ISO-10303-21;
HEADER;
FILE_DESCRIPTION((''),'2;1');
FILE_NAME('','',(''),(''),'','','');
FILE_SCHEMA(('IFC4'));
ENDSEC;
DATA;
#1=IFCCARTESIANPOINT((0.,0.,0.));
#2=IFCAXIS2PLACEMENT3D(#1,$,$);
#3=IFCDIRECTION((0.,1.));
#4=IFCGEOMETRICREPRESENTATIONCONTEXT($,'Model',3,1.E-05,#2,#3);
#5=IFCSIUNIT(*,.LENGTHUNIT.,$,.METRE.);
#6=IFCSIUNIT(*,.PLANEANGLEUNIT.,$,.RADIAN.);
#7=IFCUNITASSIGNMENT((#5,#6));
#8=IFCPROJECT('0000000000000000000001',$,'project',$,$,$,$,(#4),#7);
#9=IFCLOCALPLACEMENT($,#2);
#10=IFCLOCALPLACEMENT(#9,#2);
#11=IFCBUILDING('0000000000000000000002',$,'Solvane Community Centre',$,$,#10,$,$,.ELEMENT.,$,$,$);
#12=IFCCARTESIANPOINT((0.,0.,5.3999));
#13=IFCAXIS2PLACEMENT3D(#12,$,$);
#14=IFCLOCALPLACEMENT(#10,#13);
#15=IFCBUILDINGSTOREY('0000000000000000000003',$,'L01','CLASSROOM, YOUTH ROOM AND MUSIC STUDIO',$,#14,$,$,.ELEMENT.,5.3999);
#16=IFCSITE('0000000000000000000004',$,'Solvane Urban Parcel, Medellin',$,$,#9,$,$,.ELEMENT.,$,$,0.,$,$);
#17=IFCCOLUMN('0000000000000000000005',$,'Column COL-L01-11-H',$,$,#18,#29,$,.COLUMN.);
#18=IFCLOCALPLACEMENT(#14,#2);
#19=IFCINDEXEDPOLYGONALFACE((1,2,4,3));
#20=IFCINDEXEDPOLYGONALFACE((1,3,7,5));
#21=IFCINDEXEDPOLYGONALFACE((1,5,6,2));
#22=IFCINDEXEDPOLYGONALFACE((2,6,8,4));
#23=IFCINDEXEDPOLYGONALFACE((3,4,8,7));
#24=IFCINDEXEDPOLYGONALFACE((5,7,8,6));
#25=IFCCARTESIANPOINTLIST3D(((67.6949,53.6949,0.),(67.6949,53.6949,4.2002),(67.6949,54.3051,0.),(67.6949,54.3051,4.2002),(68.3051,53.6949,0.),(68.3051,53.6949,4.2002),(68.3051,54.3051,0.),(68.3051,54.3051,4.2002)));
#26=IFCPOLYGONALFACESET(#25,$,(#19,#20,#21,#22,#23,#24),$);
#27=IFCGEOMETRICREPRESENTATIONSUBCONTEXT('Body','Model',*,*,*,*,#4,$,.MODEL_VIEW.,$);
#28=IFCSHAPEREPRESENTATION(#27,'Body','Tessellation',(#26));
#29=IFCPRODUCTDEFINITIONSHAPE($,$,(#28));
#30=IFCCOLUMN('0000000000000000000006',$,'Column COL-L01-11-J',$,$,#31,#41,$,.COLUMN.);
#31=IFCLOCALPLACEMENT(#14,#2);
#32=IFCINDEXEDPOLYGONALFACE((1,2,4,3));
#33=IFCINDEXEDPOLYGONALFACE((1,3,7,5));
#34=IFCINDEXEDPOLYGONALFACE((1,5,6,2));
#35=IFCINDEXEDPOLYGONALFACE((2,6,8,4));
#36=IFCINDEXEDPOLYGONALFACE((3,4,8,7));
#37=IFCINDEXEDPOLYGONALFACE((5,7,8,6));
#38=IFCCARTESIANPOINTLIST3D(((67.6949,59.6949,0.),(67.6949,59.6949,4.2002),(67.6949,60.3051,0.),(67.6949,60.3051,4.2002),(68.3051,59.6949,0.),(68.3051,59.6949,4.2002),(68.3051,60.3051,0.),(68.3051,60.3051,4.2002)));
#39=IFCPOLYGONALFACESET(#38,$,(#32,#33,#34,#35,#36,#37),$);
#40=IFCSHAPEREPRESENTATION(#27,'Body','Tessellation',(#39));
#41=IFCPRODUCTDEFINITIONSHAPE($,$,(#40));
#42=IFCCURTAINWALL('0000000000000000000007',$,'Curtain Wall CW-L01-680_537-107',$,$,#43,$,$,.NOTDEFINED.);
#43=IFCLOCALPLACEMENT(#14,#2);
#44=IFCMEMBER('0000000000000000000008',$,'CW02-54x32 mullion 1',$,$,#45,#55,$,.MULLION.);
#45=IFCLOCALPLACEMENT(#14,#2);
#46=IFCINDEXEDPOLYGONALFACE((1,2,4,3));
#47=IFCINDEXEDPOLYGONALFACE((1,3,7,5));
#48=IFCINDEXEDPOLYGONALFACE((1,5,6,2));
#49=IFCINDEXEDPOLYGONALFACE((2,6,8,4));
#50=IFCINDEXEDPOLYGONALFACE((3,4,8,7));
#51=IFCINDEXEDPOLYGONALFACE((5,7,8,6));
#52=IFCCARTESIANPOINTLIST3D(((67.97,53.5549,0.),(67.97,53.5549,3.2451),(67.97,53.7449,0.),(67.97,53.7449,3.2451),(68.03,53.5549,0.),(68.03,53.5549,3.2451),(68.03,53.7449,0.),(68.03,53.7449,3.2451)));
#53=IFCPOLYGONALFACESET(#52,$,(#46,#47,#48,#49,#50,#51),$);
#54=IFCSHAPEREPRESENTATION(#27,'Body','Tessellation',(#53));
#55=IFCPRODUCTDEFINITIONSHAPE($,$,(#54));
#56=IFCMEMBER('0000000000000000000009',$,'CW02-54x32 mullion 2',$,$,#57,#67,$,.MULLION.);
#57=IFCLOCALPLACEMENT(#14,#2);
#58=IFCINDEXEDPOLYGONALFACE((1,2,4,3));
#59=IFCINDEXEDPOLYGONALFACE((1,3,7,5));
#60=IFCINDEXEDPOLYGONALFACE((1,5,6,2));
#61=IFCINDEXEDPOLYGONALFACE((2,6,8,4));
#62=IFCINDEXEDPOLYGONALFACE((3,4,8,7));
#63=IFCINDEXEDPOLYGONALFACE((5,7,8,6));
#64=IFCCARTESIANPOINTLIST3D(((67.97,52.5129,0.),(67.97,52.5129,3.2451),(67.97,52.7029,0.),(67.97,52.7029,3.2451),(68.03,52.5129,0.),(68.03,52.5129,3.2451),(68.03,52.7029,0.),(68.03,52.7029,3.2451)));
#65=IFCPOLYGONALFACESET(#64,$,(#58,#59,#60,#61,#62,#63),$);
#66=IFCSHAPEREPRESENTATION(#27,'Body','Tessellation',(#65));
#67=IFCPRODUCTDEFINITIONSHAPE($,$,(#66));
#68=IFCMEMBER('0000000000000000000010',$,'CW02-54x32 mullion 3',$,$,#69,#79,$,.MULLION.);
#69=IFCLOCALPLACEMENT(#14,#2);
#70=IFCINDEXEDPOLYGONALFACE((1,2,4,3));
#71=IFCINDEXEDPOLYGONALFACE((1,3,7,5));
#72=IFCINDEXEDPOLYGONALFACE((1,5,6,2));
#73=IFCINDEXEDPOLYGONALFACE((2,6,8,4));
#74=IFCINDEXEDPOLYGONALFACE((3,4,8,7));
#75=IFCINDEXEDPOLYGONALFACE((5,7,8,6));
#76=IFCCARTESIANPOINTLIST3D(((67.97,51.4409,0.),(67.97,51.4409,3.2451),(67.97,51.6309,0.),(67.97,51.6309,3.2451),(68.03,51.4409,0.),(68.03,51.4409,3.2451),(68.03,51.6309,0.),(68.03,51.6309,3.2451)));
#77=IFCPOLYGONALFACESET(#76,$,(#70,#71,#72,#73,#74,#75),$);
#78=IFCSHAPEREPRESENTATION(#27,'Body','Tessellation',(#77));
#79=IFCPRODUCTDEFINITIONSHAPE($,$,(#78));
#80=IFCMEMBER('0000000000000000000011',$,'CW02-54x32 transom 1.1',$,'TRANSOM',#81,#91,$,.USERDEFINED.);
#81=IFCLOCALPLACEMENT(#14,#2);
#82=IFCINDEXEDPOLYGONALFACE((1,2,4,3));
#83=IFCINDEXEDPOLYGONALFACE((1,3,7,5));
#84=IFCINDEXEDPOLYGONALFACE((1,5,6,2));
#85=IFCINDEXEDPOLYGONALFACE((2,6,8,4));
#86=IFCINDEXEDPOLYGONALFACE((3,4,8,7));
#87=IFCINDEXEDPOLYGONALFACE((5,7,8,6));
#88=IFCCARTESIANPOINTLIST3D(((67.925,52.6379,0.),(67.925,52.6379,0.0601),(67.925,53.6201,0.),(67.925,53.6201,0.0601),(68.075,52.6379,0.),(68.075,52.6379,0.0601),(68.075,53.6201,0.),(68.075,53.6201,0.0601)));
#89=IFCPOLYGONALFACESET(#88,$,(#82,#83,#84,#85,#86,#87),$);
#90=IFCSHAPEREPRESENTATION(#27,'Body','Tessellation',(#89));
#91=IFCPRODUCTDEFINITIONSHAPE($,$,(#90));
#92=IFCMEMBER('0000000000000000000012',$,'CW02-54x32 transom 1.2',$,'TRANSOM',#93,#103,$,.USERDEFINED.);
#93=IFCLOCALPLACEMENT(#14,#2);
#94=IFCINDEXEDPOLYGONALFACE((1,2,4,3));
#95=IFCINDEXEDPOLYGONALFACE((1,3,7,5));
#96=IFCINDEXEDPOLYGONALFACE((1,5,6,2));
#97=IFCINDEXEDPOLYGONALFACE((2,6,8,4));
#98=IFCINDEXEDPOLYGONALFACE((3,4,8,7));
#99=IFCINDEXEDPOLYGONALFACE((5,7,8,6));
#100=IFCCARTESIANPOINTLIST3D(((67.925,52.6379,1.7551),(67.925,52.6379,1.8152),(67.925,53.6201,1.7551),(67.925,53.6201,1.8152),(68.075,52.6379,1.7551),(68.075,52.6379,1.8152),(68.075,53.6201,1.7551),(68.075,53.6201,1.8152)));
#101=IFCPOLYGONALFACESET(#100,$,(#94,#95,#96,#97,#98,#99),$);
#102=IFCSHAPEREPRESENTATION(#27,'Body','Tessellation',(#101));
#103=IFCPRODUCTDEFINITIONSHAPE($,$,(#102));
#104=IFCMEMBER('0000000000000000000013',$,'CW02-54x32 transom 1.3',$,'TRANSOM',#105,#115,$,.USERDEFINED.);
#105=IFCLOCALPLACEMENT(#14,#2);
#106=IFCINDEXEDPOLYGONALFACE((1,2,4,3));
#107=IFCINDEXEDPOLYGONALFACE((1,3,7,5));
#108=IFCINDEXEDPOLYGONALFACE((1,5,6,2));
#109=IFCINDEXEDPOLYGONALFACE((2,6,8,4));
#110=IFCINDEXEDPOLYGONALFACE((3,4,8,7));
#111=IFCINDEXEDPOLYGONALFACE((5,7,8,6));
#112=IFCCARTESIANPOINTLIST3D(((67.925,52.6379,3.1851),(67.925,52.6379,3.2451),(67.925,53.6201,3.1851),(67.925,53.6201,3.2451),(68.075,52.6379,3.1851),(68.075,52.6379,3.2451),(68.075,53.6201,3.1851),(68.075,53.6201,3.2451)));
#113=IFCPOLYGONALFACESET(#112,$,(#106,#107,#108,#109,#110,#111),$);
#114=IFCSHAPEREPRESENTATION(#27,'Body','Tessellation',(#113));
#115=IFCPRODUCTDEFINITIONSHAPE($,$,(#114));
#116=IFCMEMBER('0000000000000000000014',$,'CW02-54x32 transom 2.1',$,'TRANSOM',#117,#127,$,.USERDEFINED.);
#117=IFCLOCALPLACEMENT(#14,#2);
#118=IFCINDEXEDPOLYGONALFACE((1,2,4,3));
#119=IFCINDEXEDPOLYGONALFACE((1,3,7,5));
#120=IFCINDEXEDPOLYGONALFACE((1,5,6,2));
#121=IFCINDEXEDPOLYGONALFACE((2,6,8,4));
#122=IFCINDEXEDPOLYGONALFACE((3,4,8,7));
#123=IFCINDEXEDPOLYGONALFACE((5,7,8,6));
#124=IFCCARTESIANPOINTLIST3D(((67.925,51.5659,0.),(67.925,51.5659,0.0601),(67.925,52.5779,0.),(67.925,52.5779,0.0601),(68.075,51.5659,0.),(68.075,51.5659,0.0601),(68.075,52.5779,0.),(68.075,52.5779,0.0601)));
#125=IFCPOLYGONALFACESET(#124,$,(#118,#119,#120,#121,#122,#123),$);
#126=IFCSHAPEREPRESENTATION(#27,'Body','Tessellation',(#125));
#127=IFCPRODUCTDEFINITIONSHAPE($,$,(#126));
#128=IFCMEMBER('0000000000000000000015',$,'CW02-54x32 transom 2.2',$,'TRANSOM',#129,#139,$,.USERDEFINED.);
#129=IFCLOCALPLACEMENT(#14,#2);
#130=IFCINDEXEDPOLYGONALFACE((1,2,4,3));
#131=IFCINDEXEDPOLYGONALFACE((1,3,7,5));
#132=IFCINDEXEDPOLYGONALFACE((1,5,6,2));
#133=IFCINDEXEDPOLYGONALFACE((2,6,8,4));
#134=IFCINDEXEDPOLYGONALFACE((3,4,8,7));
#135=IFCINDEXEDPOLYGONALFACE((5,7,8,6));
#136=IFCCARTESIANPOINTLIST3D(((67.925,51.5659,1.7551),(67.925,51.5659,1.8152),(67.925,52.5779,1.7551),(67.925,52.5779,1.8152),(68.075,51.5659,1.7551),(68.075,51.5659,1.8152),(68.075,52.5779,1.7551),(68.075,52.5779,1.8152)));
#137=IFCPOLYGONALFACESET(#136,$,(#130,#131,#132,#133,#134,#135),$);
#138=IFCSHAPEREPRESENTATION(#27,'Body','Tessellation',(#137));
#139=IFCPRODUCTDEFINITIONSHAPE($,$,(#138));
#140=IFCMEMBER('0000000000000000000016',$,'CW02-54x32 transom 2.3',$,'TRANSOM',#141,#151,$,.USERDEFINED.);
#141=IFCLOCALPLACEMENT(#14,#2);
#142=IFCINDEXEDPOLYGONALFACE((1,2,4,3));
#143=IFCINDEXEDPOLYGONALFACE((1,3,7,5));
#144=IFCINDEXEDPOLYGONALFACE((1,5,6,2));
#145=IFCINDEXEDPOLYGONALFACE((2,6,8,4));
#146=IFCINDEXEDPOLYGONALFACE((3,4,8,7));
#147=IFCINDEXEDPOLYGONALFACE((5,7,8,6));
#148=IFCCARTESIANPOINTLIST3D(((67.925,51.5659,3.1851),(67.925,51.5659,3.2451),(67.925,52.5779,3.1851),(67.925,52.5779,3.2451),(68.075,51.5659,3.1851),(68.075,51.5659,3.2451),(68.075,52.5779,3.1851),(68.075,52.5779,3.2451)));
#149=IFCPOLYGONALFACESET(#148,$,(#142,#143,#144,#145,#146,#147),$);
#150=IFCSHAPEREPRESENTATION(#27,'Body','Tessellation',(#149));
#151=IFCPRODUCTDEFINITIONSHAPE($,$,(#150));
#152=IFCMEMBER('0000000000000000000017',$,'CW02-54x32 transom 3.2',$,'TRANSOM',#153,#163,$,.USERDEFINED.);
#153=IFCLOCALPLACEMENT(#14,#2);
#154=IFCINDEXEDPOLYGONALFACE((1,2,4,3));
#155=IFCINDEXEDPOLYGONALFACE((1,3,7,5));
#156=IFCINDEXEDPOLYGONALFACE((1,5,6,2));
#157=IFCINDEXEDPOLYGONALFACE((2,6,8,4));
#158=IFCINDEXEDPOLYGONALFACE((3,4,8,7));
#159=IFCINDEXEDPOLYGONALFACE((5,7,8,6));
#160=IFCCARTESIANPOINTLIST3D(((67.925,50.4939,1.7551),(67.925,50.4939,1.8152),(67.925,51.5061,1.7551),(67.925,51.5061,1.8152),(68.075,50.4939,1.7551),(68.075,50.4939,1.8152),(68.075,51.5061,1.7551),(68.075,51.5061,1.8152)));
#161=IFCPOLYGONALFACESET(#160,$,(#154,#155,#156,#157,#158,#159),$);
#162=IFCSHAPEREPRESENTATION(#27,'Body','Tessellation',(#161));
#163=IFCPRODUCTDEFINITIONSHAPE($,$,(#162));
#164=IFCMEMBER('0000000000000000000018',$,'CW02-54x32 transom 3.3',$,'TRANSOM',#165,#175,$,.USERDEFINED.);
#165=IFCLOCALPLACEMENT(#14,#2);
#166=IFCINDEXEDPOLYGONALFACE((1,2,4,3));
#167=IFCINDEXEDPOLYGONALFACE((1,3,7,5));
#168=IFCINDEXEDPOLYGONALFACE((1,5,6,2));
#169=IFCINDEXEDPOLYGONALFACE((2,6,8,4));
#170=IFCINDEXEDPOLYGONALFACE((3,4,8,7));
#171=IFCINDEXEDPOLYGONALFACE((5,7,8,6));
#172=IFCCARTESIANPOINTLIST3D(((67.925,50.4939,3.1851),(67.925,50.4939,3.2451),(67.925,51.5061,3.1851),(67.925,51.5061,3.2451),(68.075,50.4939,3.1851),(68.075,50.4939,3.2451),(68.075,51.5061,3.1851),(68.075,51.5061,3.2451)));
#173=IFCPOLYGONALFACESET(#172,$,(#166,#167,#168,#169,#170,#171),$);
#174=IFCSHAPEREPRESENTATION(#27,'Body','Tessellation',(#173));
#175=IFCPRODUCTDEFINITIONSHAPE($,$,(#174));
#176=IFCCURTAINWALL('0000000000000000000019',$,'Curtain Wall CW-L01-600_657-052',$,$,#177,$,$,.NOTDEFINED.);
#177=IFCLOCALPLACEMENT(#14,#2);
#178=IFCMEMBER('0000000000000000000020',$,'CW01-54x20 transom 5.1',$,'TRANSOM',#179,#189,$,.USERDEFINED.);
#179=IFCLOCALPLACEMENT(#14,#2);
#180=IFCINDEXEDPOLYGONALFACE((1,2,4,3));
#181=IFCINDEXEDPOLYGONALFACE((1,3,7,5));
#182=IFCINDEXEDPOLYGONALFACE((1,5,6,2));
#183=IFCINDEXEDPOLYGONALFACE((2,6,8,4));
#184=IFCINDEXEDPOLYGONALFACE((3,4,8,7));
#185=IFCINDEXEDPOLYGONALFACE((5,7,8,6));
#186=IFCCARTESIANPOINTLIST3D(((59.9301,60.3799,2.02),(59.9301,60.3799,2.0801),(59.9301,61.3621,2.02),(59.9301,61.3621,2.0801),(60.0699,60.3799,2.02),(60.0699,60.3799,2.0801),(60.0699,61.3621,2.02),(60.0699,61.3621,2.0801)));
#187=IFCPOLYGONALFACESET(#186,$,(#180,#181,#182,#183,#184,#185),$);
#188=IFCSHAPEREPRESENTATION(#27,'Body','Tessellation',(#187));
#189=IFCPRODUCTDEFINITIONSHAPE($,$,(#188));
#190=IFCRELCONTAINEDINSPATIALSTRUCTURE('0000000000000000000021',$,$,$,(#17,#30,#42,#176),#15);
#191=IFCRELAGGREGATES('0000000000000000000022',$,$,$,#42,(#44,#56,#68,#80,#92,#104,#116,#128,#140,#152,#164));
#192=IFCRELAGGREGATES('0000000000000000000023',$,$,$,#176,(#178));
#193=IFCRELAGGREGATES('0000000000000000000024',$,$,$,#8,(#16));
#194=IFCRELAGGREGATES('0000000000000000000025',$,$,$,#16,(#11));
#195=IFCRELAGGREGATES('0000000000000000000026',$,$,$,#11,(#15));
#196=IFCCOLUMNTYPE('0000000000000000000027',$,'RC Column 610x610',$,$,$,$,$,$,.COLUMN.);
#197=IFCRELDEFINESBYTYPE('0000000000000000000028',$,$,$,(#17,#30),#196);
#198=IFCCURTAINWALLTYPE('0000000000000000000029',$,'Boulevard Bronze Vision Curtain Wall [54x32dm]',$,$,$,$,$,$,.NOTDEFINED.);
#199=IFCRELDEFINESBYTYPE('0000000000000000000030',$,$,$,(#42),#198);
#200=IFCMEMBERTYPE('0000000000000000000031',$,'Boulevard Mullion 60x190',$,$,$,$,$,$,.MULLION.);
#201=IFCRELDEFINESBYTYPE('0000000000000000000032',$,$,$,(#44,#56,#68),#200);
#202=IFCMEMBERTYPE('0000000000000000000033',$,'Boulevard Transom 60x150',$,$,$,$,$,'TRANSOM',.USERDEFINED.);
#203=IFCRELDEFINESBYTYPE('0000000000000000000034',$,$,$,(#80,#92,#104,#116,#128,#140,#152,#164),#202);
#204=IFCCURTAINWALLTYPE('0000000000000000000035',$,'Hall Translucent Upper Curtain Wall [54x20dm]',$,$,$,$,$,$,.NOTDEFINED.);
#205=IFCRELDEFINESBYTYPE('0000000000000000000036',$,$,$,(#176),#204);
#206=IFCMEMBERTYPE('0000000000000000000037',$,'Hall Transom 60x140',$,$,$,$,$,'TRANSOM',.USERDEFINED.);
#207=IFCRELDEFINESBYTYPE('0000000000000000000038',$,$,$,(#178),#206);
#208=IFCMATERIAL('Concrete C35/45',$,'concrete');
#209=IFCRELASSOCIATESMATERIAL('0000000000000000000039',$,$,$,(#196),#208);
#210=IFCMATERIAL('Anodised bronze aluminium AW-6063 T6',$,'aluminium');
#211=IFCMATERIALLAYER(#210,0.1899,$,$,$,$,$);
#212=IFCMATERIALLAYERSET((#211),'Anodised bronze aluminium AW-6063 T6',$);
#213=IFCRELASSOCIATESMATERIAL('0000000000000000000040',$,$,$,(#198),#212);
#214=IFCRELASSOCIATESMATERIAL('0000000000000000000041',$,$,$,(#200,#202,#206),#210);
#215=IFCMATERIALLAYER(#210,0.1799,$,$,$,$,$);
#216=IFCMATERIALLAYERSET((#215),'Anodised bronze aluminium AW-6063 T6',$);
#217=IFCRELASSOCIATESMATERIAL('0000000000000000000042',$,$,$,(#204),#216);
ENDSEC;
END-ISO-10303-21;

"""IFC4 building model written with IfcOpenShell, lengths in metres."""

from ifc_helpers import new_model, si_unit, direction, frame, origin, origin_2d, place, context, subcontext, project, spatial, rectangle, extrude, material, layer, layer_set, material_profile, profile_set, type_object, element, aggregate, save


model = new_model("IFC4")

# Units and contexts
model_context = context("Model", 3, precision=1e-05, world=origin(), true_north=direction((0.0, 1.0)))
body_context = subcontext(model_context, "Body", "Model", "MODEL_VIEW")
ifc_project = project(units=[si_unit("LENGTHUNIT", "METRE"), si_unit("PLANEANGLEUNIT", "RADIAN")], contexts=[model_context])

# Site, building, storey
site_placement = place(None, origin())
site = spatial("IfcSite", under=ifc_project, at=site_placement, Name="Solvane Urban Parcel, Medellin", CompositionType="ELEMENT", RefElevation=0.0)
building_placement = place(site_placement, origin())
building = spatial("IfcBuilding", under=site, at=building_placement, Name="Solvane Community Centre", CompositionType="ELEMENT")
storey_placement = place(building_placement, frame((0.0, 0.0, 5.3999)))
storey = spatial("IfcBuildingStorey", under=building, at=storey_placement, Name="L01", Description="CLASSROOM, YOUTH ROOM AND MUSIC STUDIO", CompositionType="ELEMENT", Elevation=5.3999)

# Columns
ifc_material_1 = material(Name="Concrete C35/45", Category="concrete")
ifc_material_profile_1 = material_profile(ifc_material_1, rectangle(XDim=0.6101, YDim=0.6101, at=origin_2d()), Name="RC 610x610")
ifc_profile_set_1 = profile_set([ifc_material_profile_1], Name="Concrete C35/45")
column_type = type_object("IfcColumnType", Name="RC Column 610x610", PredefinedType="COLUMN", material=ifc_profile_set_1)
for number, where, z_axis, x_axis, name in (
    (1, (68.0, 54.0, 0.0), (0.0, 0.0, 1.0), (1.0, 0.0, 0.0), "Column COL-L01-11-H"),
    (2, (68.0, 60.0, 0.0), (0.0, 0.0, 1.0), (1.0, 0.0, 0.0), "Column COL-L01-11-J"),
):
    element("IfcColumn", number, at=place(storey_placement, frame(where, z_axis=z_axis, x_axis=x_axis)), inside=storey, type_object=column_type, Name=name, PredefinedType="COLUMN", context=body_context, shape_type="SweptSolid", body=[
        extrude(rectangle(XDim=0.6101, YDim=0.6101, at=origin_2d()), origin(), (0.0, 0.0, 1.0), 4.2002),
    ])

# Curtain walls, members
ifc_material_2 = material(Name="Anodised bronze aluminium AW-6063 T6", Category="aluminium")
ifc_layer_1 = layer(ifc_material_2, 0.1899)
ifc_layer_set_1 = layer_set([ifc_layer_1], Name="Anodised bronze aluminium AW-6063 T6")
curtain_wall_type_1 = type_object("IfcCurtainWallType", Name="Boulevard Bronze Vision Curtain Wall [54x32dm]", PredefinedType="NOTDEFINED", material=ifc_layer_set_1)
curtain_wall_1_placement = place(storey_placement, origin())
curtain_wall_1 = element("IfcCurtainWall", 3, at=curtain_wall_1_placement, inside=storey, type_object=curtain_wall_type_1, Name="Curtain Wall CW-L01-680_537-107", PredefinedType="NOTDEFINED")
ifc_material_profile_2 = material_profile(ifc_material_2, rectangle(XDim=0.0601, YDim=0.1899, at=origin_2d()), Name="CW-M 60x190")
ifc_profile_set_2 = profile_set([ifc_material_profile_2], Name="Anodised bronze aluminium AW-6063 T6")
member_type_1 = type_object("IfcMemberType", Name="Boulevard Mullion 60x190", PredefinedType="MULLION", material=ifc_profile_set_2)
member_1_placement = place(storey_placement, frame((68.0, 53.6499, 0.0), z_axis=(0.0, 0.0, 1.0), x_axis=(1.0, 0.0, 0.0)))
member_1 = element("IfcMember", 4, at=member_1_placement, type_object=member_type_1, Name="CW02-54x32 mullion 1", PredefinedType="MULLION", context=body_context, shape_type="SweptSolid", body=[
    extrude(rectangle(XDim=0.0601, YDim=0.1899, at=origin_2d()), origin(), (0.0, 0.0, 1.0), 3.2451),
])
member_2_placement = place(storey_placement, frame((68.0, 52.6079, 0.0), z_axis=(0.0, 0.0, 1.0), x_axis=(1.0, 0.0, 0.0)))
member_2 = element("IfcMember", 5, at=member_2_placement, type_object=member_type_1, Name="CW02-54x32 mullion 2", PredefinedType="MULLION", context=body_context, shape_type="SweptSolid", body=[
    extrude(rectangle(XDim=0.0601, YDim=0.1899, at=origin_2d()), origin(), (0.0, 0.0, 1.0), 3.2451),
])
member_3_placement = place(storey_placement, frame((68.0, 51.5359, 0.0), z_axis=(0.0, 0.0, 1.0), x_axis=(1.0, 0.0, 0.0)))
member_3 = element("IfcMember", 6, at=member_3_placement, type_object=member_type_1, Name="CW02-54x32 mullion 3", PredefinedType="MULLION", context=body_context, shape_type="SweptSolid", body=[
    extrude(rectangle(XDim=0.0601, YDim=0.1899, at=origin_2d()), origin(), (0.0, 0.0, 1.0), 3.2451),
])
ifc_material_profile_3 = material_profile(ifc_material_2, rectangle(XDim=0.1499, YDim=0.0601, at=origin_2d()), Name="CW-T 60x150")
ifc_profile_set_3 = profile_set([ifc_material_profile_3], Name="Anodised bronze aluminium AW-6063 T6")
member_type_2 = type_object("IfcMemberType", Name="Boulevard Transom 60x150", ElementType="TRANSOM", PredefinedType="USERDEFINED", material=ifc_profile_set_3)
member_4_placement = place(storey_placement, frame((68.0, 53.6201, 0.03), z_axis=(0.0, -1.0, 0.0), x_axis=(1.0, 0.0, 0.0)))
member_4 = element("IfcMember", 7, at=member_4_placement, type_object=member_type_2, Name="CW02-54x32 transom 1.1", ObjectType="TRANSOM", PredefinedType="USERDEFINED", context=body_context, shape_type="SweptSolid", body=[
    extrude(rectangle(XDim=0.1499, YDim=0.0601, at=origin_2d()), origin(), (0.0, 0.0, 1.0), 0.9822),
])
member_5_placement = place(storey_placement, frame((68.0, 53.6201, 1.7852), z_axis=(0.0, -1.0, 0.0), x_axis=(1.0, 0.0, 0.0)))
member_5 = element("IfcMember", 8, at=member_5_placement, type_object=member_type_2, Name="CW02-54x32 transom 1.2", ObjectType="TRANSOM", PredefinedType="USERDEFINED", context=body_context, shape_type="SweptSolid", body=[
    extrude(rectangle(XDim=0.1499, YDim=0.0601, at=origin_2d()), origin(), (0.0, 0.0, 1.0), 0.9822),
])
member_6_placement = place(storey_placement, frame((68.0, 53.6201, 3.2151), z_axis=(0.0, -1.0, 0.0), x_axis=(1.0, 0.0, 0.0)))
member_6 = element("IfcMember", 9, at=member_6_placement, type_object=member_type_2, Name="CW02-54x32 transom 1.3", ObjectType="TRANSOM", PredefinedType="USERDEFINED", context=body_context, shape_type="SweptSolid", body=[
    extrude(rectangle(XDim=0.1499, YDim=0.0601, at=origin_2d()), origin(), (0.0, 0.0, 1.0), 0.9822),
])
member_7_placement = place(storey_placement, frame((68.0, 52.5779, 0.03), z_axis=(0.0, -1.0, 0.0), x_axis=(1.0, 0.0, 0.0)))
member_7 = element("IfcMember", 10, at=member_7_placement, type_object=member_type_2, Name="CW02-54x32 transom 2.1", ObjectType="TRANSOM", PredefinedType="USERDEFINED", context=body_context, shape_type="SweptSolid", body=[
    extrude(rectangle(XDim=0.1499, YDim=0.0601, at=origin_2d()), origin(), (0.0, 0.0, 1.0), 1.012),
])
member_8_placement = place(storey_placement, frame((68.0, 52.5779, 1.7852), z_axis=(0.0, -1.0, 0.0), x_axis=(1.0, 0.0, 0.0)))
member_8 = element("IfcMember", 11, at=member_8_placement, type_object=member_type_2, Name="CW02-54x32 transom 2.2", ObjectType="TRANSOM", PredefinedType="USERDEFINED", context=body_context, shape_type="SweptSolid", body=[
    extrude(rectangle(XDim=0.1499, YDim=0.0601, at=origin_2d()), origin(), (0.0, 0.0, 1.0), 1.012),
])
member_9_placement = place(storey_placement, frame((68.0, 52.5779, 3.2151), z_axis=(0.0, -1.0, 0.0), x_axis=(1.0, 0.0, 0.0)))
member_9 = element("IfcMember", 12, at=member_9_placement, type_object=member_type_2, Name="CW02-54x32 transom 2.3", ObjectType="TRANSOM", PredefinedType="USERDEFINED", context=body_context, shape_type="SweptSolid", body=[
    extrude(rectangle(XDim=0.1499, YDim=0.0601, at=origin_2d()), origin(), (0.0, 0.0, 1.0), 1.012),
])
member_10_placement = place(storey_placement, frame((68.0, 51.5061, 1.7852), z_axis=(0.0, -1.0, 0.0), x_axis=(1.0, 0.0, 0.0)))
member_10 = element("IfcMember", 13, at=member_10_placement, type_object=member_type_2, Name="CW02-54x32 transom 3.2", ObjectType="TRANSOM", PredefinedType="USERDEFINED", context=body_context, shape_type="SweptSolid", body=[
    extrude(rectangle(XDim=0.1499, YDim=0.0601, at=origin_2d()), origin(), (0.0, 0.0, 1.0), 1.0122),
])
member_11_placement = place(storey_placement, frame((68.0, 51.5061, 3.2151), z_axis=(0.0, -1.0, 0.0), x_axis=(1.0, 0.0, 0.0)))
member_11 = element("IfcMember", 14, at=member_11_placement, type_object=member_type_2, Name="CW02-54x32 transom 3.3", ObjectType="TRANSOM", PredefinedType="USERDEFINED", context=body_context, shape_type="SweptSolid", body=[
    extrude(rectangle(XDim=0.1499, YDim=0.0601, at=origin_2d()), origin(), (0.0, 0.0, 1.0), 1.0122),
])
ifc_layer_2 = layer(ifc_material_2, 0.1799)
ifc_layer_set_2 = layer_set([ifc_layer_2], Name="Anodised bronze aluminium AW-6063 T6")
curtain_wall_type_2 = type_object("IfcCurtainWallType", Name="Hall Translucent Upper Curtain Wall [54x20dm]", PredefinedType="NOTDEFINED", material=ifc_layer_set_2)
curtain_wall_2_placement = place(storey_placement, origin())
curtain_wall_2 = element("IfcCurtainWall", 15, at=curtain_wall_2_placement, inside=storey, type_object=curtain_wall_type_2, Name="Curtain Wall CW-L01-600_657-052", PredefinedType="NOTDEFINED")
ifc_material_profile_4 = material_profile(ifc_material_2, rectangle(XDim=0.1399, YDim=0.0601, at=origin_2d()), Name="CW-T 60x140")
ifc_profile_set_4 = profile_set([ifc_material_profile_4], Name="Anodised bronze aluminium AW-6063 T6")
member_type_3 = type_object("IfcMemberType", Name="Hall Transom 60x140", ElementType="TRANSOM", PredefinedType="USERDEFINED", material=ifc_profile_set_4)
member_12_placement = place(storey_placement, frame((60.0, 61.3621, 2.05), z_axis=(0.0, -1.0, 0.0), x_axis=(1.0, 0.0, 0.0)))
member_12 = element("IfcMember", 16, at=member_12_placement, type_object=member_type_3, Name="CW01-54x20 transom 5.1", ObjectType="TRANSOM", PredefinedType="USERDEFINED", context=body_context, shape_type="SweptSolid", body=[
    extrude(rectangle(XDim=0.1399, YDim=0.0601, at=origin_2d()), origin(), (0.0, 0.0, 1.0), 0.9822),
])

aggregate(curtain_wall_1, [member_1, member_2, member_3, member_4, member_5, member_6, member_7, member_8, member_9, member_10, member_11])
aggregate(curtain_wall_2, [member_12])

save(model, "model.ifc")
